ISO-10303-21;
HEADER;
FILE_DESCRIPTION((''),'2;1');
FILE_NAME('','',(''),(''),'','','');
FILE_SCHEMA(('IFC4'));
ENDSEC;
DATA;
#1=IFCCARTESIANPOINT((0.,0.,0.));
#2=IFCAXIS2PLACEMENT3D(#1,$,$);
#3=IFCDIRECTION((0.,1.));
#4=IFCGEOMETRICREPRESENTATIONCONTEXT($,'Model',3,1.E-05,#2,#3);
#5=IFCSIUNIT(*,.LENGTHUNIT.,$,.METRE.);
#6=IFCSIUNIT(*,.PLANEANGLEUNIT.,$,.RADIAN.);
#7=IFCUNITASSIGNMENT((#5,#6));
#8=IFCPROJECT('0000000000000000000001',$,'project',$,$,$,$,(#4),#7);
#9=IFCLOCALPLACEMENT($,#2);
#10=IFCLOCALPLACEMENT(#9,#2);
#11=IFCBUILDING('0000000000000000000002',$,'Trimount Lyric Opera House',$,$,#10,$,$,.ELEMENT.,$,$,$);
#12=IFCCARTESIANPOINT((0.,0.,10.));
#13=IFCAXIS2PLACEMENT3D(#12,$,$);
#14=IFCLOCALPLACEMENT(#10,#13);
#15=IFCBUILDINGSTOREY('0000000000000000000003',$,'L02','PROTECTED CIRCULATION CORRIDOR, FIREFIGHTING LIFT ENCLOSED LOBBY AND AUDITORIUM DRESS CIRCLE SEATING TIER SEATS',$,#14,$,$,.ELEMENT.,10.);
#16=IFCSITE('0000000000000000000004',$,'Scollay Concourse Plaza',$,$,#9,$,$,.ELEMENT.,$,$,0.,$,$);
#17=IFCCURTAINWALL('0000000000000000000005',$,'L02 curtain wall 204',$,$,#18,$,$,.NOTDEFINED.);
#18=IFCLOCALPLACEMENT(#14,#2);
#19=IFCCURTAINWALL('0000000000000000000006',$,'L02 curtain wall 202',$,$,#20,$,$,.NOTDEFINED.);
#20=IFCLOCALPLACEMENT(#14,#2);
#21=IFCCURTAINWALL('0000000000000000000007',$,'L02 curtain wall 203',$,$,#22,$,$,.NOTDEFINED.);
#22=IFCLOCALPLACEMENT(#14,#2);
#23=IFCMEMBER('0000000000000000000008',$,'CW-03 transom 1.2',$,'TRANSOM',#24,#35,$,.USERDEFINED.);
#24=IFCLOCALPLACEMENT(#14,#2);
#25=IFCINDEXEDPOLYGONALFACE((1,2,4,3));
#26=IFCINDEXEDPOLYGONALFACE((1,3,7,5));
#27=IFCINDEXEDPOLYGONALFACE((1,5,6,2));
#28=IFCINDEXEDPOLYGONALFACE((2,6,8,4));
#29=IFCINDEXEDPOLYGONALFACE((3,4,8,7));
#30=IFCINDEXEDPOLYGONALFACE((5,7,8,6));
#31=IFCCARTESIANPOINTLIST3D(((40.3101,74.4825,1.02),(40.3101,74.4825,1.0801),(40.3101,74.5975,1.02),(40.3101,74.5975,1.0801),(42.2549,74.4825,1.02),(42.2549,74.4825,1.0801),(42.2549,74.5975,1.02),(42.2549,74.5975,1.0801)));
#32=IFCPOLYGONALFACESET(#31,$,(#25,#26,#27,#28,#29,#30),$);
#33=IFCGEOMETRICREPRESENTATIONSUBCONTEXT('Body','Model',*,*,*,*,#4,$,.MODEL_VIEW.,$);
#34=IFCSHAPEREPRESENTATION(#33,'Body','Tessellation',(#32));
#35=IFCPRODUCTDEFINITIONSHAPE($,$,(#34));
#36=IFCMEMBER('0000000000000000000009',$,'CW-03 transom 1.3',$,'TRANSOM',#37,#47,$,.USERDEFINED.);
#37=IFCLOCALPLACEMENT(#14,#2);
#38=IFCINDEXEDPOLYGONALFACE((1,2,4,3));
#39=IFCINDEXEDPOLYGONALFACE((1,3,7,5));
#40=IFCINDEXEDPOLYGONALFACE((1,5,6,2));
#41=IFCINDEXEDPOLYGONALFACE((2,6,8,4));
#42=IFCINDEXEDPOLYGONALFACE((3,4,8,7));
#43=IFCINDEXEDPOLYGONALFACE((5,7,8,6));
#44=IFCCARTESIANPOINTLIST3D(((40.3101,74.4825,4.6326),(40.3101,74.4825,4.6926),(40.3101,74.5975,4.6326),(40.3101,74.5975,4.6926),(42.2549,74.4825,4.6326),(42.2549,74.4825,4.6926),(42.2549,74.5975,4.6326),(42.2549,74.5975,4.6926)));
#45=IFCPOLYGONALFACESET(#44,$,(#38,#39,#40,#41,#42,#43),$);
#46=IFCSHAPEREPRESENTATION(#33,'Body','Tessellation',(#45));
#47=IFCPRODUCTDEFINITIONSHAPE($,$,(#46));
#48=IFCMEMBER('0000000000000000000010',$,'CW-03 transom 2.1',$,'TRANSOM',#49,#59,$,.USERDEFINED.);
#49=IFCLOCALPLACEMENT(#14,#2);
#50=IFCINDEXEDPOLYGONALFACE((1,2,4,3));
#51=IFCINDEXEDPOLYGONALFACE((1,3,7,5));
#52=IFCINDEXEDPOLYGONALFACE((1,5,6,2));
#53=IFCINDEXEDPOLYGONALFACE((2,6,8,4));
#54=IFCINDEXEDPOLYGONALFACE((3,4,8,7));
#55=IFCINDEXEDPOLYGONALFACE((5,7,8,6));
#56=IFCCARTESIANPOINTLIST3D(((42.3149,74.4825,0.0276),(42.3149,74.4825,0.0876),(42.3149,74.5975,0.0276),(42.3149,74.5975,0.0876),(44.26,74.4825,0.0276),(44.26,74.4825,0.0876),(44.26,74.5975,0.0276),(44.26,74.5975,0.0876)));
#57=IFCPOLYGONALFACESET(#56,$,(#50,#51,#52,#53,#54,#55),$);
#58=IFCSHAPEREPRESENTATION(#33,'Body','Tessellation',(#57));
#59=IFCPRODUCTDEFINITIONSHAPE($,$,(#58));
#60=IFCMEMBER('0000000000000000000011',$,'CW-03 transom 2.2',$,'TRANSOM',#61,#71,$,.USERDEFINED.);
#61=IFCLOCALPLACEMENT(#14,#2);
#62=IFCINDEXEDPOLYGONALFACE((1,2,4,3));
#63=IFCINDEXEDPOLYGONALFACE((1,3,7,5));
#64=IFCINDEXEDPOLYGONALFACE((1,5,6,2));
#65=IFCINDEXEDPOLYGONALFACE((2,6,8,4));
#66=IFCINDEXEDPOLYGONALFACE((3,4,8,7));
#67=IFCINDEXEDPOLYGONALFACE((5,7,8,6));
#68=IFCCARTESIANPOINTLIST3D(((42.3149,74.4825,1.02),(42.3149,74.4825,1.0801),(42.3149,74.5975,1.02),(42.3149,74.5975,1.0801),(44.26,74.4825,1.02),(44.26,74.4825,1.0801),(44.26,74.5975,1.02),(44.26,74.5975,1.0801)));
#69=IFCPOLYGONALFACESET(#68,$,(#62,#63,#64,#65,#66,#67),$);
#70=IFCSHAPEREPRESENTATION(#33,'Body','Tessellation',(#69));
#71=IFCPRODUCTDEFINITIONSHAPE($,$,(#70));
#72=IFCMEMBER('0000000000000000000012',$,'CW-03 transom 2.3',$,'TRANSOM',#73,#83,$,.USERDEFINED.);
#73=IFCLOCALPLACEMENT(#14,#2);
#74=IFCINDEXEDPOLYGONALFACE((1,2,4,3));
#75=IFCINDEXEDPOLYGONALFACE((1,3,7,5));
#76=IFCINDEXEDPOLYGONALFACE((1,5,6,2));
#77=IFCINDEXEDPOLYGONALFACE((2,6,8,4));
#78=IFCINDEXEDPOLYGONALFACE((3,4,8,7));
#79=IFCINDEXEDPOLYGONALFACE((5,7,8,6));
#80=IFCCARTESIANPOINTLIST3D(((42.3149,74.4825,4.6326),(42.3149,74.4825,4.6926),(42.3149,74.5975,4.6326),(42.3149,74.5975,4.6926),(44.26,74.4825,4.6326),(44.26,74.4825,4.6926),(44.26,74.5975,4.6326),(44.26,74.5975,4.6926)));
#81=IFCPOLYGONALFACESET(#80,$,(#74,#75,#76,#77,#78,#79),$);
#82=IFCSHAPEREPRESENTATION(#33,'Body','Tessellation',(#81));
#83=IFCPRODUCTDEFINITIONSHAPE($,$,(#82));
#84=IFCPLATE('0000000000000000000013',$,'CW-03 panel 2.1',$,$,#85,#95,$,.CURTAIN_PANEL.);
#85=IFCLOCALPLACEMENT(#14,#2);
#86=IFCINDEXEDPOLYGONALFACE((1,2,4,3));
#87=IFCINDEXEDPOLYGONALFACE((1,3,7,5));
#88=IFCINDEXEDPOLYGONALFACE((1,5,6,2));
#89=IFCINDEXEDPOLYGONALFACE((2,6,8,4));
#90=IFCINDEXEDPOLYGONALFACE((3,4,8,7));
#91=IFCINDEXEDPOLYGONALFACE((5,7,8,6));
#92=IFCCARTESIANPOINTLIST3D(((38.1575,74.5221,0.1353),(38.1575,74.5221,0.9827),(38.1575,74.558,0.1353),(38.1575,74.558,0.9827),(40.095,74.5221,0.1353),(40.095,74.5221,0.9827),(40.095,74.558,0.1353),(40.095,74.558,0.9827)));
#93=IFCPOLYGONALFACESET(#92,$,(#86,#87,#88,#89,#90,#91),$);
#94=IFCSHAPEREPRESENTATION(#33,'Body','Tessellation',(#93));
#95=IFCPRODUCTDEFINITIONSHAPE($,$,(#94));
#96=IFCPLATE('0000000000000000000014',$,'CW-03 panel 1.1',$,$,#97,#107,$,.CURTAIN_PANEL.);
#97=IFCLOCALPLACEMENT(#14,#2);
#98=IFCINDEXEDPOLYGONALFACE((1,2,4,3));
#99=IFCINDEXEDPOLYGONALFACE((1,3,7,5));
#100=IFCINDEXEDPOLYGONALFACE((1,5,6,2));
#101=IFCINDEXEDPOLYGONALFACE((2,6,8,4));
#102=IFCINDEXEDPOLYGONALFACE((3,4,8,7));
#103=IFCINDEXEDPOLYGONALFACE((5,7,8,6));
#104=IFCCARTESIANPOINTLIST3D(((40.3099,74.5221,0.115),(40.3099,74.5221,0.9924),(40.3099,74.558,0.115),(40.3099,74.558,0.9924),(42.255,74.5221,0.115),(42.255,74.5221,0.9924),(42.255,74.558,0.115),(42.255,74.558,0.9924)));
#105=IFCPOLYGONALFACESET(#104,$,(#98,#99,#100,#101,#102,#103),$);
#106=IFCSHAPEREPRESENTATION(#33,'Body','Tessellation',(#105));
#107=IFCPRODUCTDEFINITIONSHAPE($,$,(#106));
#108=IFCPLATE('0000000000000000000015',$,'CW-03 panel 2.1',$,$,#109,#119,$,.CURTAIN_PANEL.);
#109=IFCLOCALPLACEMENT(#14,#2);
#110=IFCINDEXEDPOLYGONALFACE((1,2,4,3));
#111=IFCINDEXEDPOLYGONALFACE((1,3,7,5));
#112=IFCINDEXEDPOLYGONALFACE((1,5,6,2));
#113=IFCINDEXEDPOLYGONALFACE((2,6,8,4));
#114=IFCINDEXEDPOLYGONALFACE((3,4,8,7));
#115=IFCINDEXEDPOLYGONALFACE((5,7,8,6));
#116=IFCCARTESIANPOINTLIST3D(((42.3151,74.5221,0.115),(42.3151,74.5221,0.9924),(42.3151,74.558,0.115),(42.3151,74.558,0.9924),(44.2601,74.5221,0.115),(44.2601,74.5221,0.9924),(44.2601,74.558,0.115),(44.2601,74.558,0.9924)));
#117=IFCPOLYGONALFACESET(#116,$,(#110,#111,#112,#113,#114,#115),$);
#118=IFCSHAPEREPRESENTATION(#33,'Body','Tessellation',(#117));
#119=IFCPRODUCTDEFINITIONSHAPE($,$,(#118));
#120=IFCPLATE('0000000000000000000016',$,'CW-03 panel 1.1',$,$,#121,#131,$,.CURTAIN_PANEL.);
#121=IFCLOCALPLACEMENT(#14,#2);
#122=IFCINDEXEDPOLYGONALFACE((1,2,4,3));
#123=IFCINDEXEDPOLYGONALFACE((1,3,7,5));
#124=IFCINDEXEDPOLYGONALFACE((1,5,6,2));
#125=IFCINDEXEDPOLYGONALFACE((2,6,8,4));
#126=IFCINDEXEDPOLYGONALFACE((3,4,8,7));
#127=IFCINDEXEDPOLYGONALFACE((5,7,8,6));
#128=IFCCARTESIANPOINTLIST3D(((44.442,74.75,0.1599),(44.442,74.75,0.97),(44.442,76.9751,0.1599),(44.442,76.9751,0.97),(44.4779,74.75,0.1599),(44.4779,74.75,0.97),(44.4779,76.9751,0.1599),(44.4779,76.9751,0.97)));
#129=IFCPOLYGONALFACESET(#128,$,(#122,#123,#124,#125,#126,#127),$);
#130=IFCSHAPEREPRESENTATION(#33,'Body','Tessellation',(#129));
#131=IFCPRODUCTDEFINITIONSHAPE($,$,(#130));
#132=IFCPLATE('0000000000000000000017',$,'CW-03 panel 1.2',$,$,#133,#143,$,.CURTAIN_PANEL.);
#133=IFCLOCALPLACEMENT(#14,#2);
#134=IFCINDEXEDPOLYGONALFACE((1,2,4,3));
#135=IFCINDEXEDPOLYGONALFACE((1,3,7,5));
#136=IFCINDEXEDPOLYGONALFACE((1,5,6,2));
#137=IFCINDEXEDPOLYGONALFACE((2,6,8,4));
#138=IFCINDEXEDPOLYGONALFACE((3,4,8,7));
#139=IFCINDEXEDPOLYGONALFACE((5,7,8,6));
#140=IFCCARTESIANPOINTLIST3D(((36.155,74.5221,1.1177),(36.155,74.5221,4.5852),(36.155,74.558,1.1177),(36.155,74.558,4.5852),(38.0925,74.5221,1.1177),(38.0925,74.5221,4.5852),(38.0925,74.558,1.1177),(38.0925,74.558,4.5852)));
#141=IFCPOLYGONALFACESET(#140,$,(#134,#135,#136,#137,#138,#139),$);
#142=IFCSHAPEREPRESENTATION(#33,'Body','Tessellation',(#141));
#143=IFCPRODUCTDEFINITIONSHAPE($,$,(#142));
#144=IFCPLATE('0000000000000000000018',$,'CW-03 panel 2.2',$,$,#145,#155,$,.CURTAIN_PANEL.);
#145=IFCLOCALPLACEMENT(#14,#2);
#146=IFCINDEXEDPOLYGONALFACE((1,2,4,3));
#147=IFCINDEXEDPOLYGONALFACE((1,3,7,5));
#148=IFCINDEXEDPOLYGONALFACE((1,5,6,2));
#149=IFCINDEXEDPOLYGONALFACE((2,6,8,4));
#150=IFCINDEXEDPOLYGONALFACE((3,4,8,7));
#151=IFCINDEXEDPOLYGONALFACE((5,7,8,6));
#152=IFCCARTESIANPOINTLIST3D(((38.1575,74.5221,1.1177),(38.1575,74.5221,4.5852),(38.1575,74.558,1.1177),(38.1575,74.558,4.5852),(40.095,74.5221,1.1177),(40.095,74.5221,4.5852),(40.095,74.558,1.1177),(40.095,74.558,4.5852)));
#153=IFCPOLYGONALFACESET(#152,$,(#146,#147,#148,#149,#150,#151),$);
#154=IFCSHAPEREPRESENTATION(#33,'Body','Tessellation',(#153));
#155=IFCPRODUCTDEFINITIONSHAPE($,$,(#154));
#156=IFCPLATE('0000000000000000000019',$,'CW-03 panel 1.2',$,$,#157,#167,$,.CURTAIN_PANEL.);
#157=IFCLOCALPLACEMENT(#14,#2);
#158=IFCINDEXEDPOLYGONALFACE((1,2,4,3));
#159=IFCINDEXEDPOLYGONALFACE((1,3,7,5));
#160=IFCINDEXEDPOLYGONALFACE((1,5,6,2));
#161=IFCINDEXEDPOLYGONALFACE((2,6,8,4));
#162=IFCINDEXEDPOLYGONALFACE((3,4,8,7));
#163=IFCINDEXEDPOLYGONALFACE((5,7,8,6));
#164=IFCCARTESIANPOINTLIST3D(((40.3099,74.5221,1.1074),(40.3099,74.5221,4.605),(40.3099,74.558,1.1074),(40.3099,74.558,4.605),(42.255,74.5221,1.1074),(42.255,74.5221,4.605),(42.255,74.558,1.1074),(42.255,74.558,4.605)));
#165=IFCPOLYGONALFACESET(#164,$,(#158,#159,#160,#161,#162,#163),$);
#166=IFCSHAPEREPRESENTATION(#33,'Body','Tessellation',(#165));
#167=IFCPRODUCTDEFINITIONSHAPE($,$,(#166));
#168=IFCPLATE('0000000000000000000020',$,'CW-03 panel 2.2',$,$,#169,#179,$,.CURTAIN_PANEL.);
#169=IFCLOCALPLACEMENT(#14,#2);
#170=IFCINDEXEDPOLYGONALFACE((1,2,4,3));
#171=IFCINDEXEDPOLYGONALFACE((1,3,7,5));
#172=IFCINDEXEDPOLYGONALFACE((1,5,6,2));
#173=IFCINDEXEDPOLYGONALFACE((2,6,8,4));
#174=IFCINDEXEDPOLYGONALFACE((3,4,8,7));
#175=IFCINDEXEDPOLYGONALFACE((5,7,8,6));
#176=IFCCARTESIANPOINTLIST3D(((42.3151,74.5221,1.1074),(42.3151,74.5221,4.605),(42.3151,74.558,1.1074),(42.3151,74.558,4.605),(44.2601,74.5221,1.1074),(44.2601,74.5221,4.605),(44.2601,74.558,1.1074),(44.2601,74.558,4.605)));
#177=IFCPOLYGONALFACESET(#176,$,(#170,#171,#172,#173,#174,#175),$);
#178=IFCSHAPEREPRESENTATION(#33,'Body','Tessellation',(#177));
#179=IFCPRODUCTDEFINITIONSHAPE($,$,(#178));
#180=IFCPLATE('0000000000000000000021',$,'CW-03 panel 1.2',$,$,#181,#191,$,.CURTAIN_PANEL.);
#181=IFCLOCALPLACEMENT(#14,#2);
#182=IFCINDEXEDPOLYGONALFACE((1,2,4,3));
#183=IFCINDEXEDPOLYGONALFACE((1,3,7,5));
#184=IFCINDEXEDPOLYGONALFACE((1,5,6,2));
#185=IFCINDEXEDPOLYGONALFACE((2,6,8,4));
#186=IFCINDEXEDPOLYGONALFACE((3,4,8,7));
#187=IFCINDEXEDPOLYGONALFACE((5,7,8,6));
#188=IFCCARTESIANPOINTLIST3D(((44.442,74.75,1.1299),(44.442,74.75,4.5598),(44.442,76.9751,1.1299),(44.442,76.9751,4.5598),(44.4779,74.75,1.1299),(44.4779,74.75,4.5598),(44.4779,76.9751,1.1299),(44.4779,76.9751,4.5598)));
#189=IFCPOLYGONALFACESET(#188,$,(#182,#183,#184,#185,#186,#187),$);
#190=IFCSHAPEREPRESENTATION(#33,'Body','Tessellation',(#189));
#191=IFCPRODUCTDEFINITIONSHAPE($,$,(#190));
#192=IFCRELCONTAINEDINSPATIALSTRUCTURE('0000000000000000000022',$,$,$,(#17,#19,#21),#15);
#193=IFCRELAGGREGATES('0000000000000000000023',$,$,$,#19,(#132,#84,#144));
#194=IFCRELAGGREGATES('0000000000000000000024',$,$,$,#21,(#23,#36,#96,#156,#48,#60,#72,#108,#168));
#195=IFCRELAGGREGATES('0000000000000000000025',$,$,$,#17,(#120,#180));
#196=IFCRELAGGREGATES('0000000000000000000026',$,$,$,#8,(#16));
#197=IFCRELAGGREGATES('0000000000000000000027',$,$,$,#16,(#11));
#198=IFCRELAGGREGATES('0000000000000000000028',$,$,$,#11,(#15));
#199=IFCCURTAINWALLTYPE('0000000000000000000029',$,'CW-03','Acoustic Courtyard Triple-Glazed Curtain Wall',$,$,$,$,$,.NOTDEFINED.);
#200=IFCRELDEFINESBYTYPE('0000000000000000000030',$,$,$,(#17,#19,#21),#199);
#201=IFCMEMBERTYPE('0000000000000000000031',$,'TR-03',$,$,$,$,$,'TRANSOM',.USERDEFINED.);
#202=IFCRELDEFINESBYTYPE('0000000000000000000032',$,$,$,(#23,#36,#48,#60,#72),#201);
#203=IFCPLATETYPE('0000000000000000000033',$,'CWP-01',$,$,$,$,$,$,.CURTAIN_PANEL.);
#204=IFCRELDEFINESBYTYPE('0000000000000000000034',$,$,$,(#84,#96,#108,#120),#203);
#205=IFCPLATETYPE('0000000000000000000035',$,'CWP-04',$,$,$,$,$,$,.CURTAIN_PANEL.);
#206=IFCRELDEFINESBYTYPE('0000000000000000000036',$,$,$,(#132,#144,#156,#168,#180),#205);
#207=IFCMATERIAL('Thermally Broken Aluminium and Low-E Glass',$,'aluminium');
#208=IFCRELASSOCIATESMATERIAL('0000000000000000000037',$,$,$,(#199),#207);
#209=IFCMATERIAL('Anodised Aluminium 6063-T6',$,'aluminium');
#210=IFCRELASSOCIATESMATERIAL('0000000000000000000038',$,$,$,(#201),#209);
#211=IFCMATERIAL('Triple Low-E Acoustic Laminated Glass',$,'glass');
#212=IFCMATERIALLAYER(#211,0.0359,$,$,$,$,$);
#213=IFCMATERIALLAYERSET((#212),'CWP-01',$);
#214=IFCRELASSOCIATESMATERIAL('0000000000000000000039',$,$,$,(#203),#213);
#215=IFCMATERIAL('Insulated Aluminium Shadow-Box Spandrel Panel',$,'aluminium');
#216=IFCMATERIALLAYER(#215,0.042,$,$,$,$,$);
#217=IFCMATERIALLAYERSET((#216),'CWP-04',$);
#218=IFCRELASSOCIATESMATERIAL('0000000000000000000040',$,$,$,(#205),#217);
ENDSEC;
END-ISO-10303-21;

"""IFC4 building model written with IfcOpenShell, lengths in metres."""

from ifc_helpers import new_model, si_unit, direction, frame, origin, origin_2d, place, context, subcontext, project, spatial, rectangle, extrude, material, layer, layer_set, material_profile, profile_set, type_object, element, aggregate, save


model = new_model("IFC4")

# Units and contexts
model_context = context("Model", 3, precision=1e-05, world=origin(), true_north=direction((0.0, 1.0)))
body_context = subcontext(model_context, "Body", "Model", "MODEL_VIEW")
ifc_project = project(units=[si_unit("LENGTHUNIT", "METRE"), si_unit("PLANEANGLEUNIT", "RADIAN")], contexts=[model_context])

# Site, building, storey
site_placement = place(None, origin())
site = spatial("IfcSite", under=ifc_project, at=site_placement, Name="Scollay Concourse Plaza", CompositionType="ELEMENT", RefElevation=0.0)
building_placement = place(site_placement, origin())
building = spatial("IfcBuilding", under=site, at=building_placement, Name="Trimount Lyric Opera House", CompositionType="ELEMENT")
storey_placement = place(building_placement, frame((0.0, 0.0, 10.0)))
storey = spatial("IfcBuildingStorey", under=building, at=storey_placement, Name="L02", Description="PROTECTED CIRCULATION CORRIDOR, FIREFIGHTING LIFT ENCLOSED LOBBY AND AUDITORIUM DRESS CIRCLE SEATING TIER SEATS", CompositionType="ELEMENT", Elevation=10.0)

# Curtain wall
ifc_material_1 = material(Name="Thermally Broken Aluminium and Low-E Glass", Category="aluminium")
curtain_wall_type = type_object("IfcCurtainWallType", Name="CW-03", Description="Acoustic Courtyard Triple-Glazed Curtain Wall", PredefinedType="NOTDEFINED", material=ifc_material_1)
curtain_wall_1_placement = place(storey_placement, origin())
curtain_wall_1 = element("IfcCurtainWall", 1, at=curtain_wall_1_placement, inside=storey, type_object=curtain_wall_type, Name="L02 curtain wall 204", PredefinedType="NOTDEFINED")

# Curtain walls
curtain_wall_2_placement = place(storey_placement, origin())
curtain_wall_2 = element("IfcCurtainWall", 2, at=curtain_wall_2_placement, inside=storey, type_object=curtain_wall_type, Name="L02 curtain wall 202", PredefinedType="NOTDEFINED")
curtain_wall_3_placement = place(storey_placement, origin())
curtain_wall_3 = element("IfcCurtainWall", 3, at=curtain_wall_3_placement, inside=storey, type_object=curtain_wall_type, Name="L02 curtain wall 203", PredefinedType="NOTDEFINED")

# Members
ifc_material_2 = material(Name="Anodised Aluminium 6063-T6", Category="aluminium")
ifc_material_profile_1 = material_profile(ifc_material_2, rectangle(XDim=0.115, YDim=0.0601, at=origin_2d()), Name="ALU-TRAN-60X115")
ifc_profile_set_1 = profile_set([ifc_material_profile_1], Name="Anodised Aluminium 6063-T6")
member_type_1 = type_object("IfcMemberType", Name="TR-03", ElementType="TRANSOM", PredefinedType="USERDEFINED", material=ifc_profile_set_1)
member_1_placement = place(storey_placement, frame((40.3101, 74.54, 1.05), z_axis=(1.0, 0.0, 0.0), x_axis=(0.0, 1.0, 0.0)))
member_1 = element("IfcMember", 4, at=member_1_placement, type_object=member_type_1, Name="CW-03 transom 1.2", ObjectType="TRANSOM", PredefinedType="USERDEFINED", context=body_context, shape_type="SweptSolid", body=[
    extrude(rectangle(XDim=0.115, YDim=0.0601, at=origin_2d()), origin(), (0.0, 0.0, 1.0), 1.9448),
])
member_2_placement = place(storey_placement, frame((40.3101, 74.54, 4.6626), z_axis=(1.0, 0.0, 0.0), x_axis=(0.0, 1.0, 0.0)))
member_2 = element("IfcMember", 5, at=member_2_placement, type_object=member_type_1, Name="CW-03 transom 1.3", ObjectType="TRANSOM", PredefinedType="USERDEFINED", context=body_context, shape_type="SweptSolid", body=[
    extrude(rectangle(XDim=0.115, YDim=0.0601, at=origin_2d()), origin(), (0.0, 0.0, 1.0), 1.9448),
])
member_3_placement = place(storey_placement, frame((42.3149, 74.54, 0.0576), z_axis=(1.0, 0.0, 0.0), x_axis=(0.0, 1.0, 0.0)))
member_3 = element("IfcMember", 6, at=member_3_placement, type_object=member_type_1, Name="CW-03 transom 2.1", ObjectType="TRANSOM", PredefinedType="USERDEFINED", context=body_context, shape_type="SweptSolid", body=[
    extrude(rectangle(XDim=0.115, YDim=0.0601, at=origin_2d()), origin(), (0.0, 0.0, 1.0), 1.9451),
])
member_4_placement = place(storey_placement, frame((42.3149, 74.54, 1.05), z_axis=(1.0, 0.0, 0.0), x_axis=(0.0, 1.0, 0.0)))
member_4 = element("IfcMember", 7, at=member_4_placement, type_object=member_type_1, Name="CW-03 transom 2.2", ObjectType="TRANSOM", PredefinedType="USERDEFINED", context=body_context, shape_type="SweptSolid", body=[
    extrude(rectangle(XDim=0.115, YDim=0.0601, at=origin_2d()), origin(), (0.0, 0.0, 1.0), 1.9451),
])
member_5_placement = place(storey_placement, frame((42.3149, 74.54, 4.6626), z_axis=(1.0, 0.0, 0.0), x_axis=(0.0, 1.0, 0.0)))
member_5 = element("IfcMember", 8, at=member_5_placement, type_object=member_type_1, Name="CW-03 transom 2.3", ObjectType="TRANSOM", PredefinedType="USERDEFINED", context=body_context, shape_type="SweptSolid", body=[
    extrude(rectangle(XDim=0.115, YDim=0.0601, at=origin_2d()), origin(), (0.0, 0.0, 1.0), 1.9451),
])

# Plates
ifc_material_3 = material(Name="Triple Low-E Acoustic Laminated Glass", Category="glass")
ifc_layer_1 = layer(ifc_material_3, 0.0359)
ifc_layer_set_1 = layer_set([ifc_layer_1], Name="CWP-01")
plate_type_1 = type_object("IfcPlateType", Name="CWP-01", PredefinedType="CURTAIN_PANEL", material=ifc_layer_set_1)
plate_1_placement = place(storey_placement, frame((39.1262, 74.54, 0.1353), z_axis=(0.0, 0.0, 1.0), x_axis=(1.0, 0.0, 0.0)))
plate_1 = element("IfcPlate", 9, at=plate_1_placement, type_object=plate_type_1, Name="CW-03 panel 2.1", PredefinedType="CURTAIN_PANEL", context=body_context, shape_type="SweptSolid", body=[
    extrude(rectangle(XDim=1.9375, YDim=0.0359, at=origin_2d()), origin(), (0.0, 0.0, 1.0), 0.8474),
])
plate_2_placement = place(storey_placement, frame((41.2825, 74.54, 0.115), z_axis=(0.0, 0.0, 1.0), x_axis=(1.0, 0.0, 0.0)))
plate_2 = element("IfcPlate", 10, at=plate_2_placement, type_object=plate_type_1, Name="CW-03 panel 1.1", PredefinedType="CURTAIN_PANEL", context=body_context, shape_type="SweptSolid", body=[
    extrude(rectangle(XDim=1.9451, YDim=0.0359, at=origin_2d()), origin(), (0.0, 0.0, 1.0), 0.8774),
])
plate_3_placement = place(storey_placement, frame((43.2876, 74.54, 0.115), z_axis=(0.0, 0.0, 1.0), x_axis=(1.0, 0.0, 0.0)))
plate_3 = element("IfcPlate", 11, at=plate_3_placement, type_object=plate_type_1, Name="CW-03 panel 2.1", PredefinedType="CURTAIN_PANEL", context=body_context, shape_type="SweptSolid", body=[
    extrude(rectangle(XDim=1.9451, YDim=0.0359, at=origin_2d()), origin(), (0.0, 0.0, 1.0), 0.8774),
])
plate_4_placement = place(storey_placement, frame((44.46, 75.8625, 0.1599), z_axis=(0.0, 0.0, 1.0), x_axis=(0.0, 1.0, 0.0)))
plate_4 = element("IfcPlate", 12, at=plate_4_placement, type_object=plate_type_1, Name="CW-03 panel 1.1", PredefinedType="CURTAIN_PANEL", context=body_context, shape_type="SweptSolid", body=[
    extrude(rectangle(XDim=2.2251, YDim=0.0359, at=origin_2d()), origin(), (0.0, 0.0, 1.0), 0.8101),
])
ifc_material_4 = material(Name="Insulated Aluminium Shadow-Box Spandrel Panel", Category="aluminium")
ifc_layer_2 = layer(ifc_material_4, 0.042)
ifc_layer_set_2 = layer_set([ifc_layer_2], Name="CWP-04")
plate_type_2 = type_object("IfcPlateType", Name="CWP-04", PredefinedType="CURTAIN_PANEL", material=ifc_layer_set_2)
plate_5_placement = place(storey_placement, frame((37.1238, 74.54, 1.1177), z_axis=(0.0, 0.0, 1.0), x_axis=(1.0, 0.0, 0.0)))
plate_5 = element("IfcPlate", 13, at=plate_5_placement, type_object=plate_type_2, Name="CW-03 panel 1.2", PredefinedType="CURTAIN_PANEL", context=body_context, shape_type="SweptSolid", body=[
    extrude(rectangle(XDim=1.9375, YDim=0.0359, at=origin_2d()), origin(), (0.0, 0.0, 1.0), 3.4675),
])
plate_6_placement = place(storey_placement, frame((39.1262, 74.54, 1.1177), z_axis=(0.0, 0.0, 1.0), x_axis=(1.0, 0.0, 0.0)))
plate_6 = element("IfcPlate", 14, at=plate_6_placement, type_object=plate_type_2, Name="CW-03 panel 2.2", PredefinedType="CURTAIN_PANEL", context=body_context, shape_type="SweptSolid", body=[
    extrude(rectangle(XDim=1.9375, YDim=0.0359, at=origin_2d()), origin(), (0.0, 0.0, 1.0), 3.4675),
])
aggregate(curtain_wall_2, [plate_5, plate_1, plate_6])
plate_7_placement = place(storey_placement, frame((41.2825, 74.54, 1.1074), z_axis=(0.0, 0.0, 1.0), x_axis=(1.0, 0.0, 0.0)))
plate_7 = element("IfcPlate", 15, at=plate_7_placement, type_object=plate_type_2, Name="CW-03 panel 1.2", PredefinedType="CURTAIN_PANEL", context=body_context, shape_type="SweptSolid", body=[
    extrude(rectangle(XDim=1.9451, YDim=0.0359, at=origin_2d()), origin(), (0.0, 0.0, 1.0), 3.4976),
])
plate_8_placement = place(storey_placement, frame((43.2876, 74.54, 1.1074), z_axis=(0.0, 0.0, 1.0), x_axis=(1.0, 0.0, 0.0)))
plate_8 = element("IfcPlate", 16, at=plate_8_placement, type_object=plate_type_2, Name="CW-03 panel 2.2", PredefinedType="CURTAIN_PANEL", context=body_context, shape_type="SweptSolid", body=[
    extrude(rectangle(XDim=1.9451, YDim=0.0359, at=origin_2d()), origin(), (0.0, 0.0, 1.0), 3.4976),
])
aggregate(curtain_wall_3, [member_1, member_2, plate_2, plate_7, member_3, member_4, member_5, plate_3, plate_8])
plate_9_placement = place(storey_placement, frame((44.46, 75.8625, 1.1299), z_axis=(0.0, 0.0, 1.0), x_axis=(0.0, 1.0, 0.0)))
plate_9 = element("IfcPlate", 17, at=plate_9_placement, type_object=plate_type_2, Name="CW-03 panel 1.2", PredefinedType="CURTAIN_PANEL", context=body_context, shape_type="SweptSolid", body=[
    extrude(rectangle(XDim=2.2251, YDim=0.0359, at=origin_2d()), origin(), (0.0, 0.0, 1.0), 3.4299),
])
aggregate(curtain_wall_1, [plate_4, plate_9])

save(model, "model.ifc")
